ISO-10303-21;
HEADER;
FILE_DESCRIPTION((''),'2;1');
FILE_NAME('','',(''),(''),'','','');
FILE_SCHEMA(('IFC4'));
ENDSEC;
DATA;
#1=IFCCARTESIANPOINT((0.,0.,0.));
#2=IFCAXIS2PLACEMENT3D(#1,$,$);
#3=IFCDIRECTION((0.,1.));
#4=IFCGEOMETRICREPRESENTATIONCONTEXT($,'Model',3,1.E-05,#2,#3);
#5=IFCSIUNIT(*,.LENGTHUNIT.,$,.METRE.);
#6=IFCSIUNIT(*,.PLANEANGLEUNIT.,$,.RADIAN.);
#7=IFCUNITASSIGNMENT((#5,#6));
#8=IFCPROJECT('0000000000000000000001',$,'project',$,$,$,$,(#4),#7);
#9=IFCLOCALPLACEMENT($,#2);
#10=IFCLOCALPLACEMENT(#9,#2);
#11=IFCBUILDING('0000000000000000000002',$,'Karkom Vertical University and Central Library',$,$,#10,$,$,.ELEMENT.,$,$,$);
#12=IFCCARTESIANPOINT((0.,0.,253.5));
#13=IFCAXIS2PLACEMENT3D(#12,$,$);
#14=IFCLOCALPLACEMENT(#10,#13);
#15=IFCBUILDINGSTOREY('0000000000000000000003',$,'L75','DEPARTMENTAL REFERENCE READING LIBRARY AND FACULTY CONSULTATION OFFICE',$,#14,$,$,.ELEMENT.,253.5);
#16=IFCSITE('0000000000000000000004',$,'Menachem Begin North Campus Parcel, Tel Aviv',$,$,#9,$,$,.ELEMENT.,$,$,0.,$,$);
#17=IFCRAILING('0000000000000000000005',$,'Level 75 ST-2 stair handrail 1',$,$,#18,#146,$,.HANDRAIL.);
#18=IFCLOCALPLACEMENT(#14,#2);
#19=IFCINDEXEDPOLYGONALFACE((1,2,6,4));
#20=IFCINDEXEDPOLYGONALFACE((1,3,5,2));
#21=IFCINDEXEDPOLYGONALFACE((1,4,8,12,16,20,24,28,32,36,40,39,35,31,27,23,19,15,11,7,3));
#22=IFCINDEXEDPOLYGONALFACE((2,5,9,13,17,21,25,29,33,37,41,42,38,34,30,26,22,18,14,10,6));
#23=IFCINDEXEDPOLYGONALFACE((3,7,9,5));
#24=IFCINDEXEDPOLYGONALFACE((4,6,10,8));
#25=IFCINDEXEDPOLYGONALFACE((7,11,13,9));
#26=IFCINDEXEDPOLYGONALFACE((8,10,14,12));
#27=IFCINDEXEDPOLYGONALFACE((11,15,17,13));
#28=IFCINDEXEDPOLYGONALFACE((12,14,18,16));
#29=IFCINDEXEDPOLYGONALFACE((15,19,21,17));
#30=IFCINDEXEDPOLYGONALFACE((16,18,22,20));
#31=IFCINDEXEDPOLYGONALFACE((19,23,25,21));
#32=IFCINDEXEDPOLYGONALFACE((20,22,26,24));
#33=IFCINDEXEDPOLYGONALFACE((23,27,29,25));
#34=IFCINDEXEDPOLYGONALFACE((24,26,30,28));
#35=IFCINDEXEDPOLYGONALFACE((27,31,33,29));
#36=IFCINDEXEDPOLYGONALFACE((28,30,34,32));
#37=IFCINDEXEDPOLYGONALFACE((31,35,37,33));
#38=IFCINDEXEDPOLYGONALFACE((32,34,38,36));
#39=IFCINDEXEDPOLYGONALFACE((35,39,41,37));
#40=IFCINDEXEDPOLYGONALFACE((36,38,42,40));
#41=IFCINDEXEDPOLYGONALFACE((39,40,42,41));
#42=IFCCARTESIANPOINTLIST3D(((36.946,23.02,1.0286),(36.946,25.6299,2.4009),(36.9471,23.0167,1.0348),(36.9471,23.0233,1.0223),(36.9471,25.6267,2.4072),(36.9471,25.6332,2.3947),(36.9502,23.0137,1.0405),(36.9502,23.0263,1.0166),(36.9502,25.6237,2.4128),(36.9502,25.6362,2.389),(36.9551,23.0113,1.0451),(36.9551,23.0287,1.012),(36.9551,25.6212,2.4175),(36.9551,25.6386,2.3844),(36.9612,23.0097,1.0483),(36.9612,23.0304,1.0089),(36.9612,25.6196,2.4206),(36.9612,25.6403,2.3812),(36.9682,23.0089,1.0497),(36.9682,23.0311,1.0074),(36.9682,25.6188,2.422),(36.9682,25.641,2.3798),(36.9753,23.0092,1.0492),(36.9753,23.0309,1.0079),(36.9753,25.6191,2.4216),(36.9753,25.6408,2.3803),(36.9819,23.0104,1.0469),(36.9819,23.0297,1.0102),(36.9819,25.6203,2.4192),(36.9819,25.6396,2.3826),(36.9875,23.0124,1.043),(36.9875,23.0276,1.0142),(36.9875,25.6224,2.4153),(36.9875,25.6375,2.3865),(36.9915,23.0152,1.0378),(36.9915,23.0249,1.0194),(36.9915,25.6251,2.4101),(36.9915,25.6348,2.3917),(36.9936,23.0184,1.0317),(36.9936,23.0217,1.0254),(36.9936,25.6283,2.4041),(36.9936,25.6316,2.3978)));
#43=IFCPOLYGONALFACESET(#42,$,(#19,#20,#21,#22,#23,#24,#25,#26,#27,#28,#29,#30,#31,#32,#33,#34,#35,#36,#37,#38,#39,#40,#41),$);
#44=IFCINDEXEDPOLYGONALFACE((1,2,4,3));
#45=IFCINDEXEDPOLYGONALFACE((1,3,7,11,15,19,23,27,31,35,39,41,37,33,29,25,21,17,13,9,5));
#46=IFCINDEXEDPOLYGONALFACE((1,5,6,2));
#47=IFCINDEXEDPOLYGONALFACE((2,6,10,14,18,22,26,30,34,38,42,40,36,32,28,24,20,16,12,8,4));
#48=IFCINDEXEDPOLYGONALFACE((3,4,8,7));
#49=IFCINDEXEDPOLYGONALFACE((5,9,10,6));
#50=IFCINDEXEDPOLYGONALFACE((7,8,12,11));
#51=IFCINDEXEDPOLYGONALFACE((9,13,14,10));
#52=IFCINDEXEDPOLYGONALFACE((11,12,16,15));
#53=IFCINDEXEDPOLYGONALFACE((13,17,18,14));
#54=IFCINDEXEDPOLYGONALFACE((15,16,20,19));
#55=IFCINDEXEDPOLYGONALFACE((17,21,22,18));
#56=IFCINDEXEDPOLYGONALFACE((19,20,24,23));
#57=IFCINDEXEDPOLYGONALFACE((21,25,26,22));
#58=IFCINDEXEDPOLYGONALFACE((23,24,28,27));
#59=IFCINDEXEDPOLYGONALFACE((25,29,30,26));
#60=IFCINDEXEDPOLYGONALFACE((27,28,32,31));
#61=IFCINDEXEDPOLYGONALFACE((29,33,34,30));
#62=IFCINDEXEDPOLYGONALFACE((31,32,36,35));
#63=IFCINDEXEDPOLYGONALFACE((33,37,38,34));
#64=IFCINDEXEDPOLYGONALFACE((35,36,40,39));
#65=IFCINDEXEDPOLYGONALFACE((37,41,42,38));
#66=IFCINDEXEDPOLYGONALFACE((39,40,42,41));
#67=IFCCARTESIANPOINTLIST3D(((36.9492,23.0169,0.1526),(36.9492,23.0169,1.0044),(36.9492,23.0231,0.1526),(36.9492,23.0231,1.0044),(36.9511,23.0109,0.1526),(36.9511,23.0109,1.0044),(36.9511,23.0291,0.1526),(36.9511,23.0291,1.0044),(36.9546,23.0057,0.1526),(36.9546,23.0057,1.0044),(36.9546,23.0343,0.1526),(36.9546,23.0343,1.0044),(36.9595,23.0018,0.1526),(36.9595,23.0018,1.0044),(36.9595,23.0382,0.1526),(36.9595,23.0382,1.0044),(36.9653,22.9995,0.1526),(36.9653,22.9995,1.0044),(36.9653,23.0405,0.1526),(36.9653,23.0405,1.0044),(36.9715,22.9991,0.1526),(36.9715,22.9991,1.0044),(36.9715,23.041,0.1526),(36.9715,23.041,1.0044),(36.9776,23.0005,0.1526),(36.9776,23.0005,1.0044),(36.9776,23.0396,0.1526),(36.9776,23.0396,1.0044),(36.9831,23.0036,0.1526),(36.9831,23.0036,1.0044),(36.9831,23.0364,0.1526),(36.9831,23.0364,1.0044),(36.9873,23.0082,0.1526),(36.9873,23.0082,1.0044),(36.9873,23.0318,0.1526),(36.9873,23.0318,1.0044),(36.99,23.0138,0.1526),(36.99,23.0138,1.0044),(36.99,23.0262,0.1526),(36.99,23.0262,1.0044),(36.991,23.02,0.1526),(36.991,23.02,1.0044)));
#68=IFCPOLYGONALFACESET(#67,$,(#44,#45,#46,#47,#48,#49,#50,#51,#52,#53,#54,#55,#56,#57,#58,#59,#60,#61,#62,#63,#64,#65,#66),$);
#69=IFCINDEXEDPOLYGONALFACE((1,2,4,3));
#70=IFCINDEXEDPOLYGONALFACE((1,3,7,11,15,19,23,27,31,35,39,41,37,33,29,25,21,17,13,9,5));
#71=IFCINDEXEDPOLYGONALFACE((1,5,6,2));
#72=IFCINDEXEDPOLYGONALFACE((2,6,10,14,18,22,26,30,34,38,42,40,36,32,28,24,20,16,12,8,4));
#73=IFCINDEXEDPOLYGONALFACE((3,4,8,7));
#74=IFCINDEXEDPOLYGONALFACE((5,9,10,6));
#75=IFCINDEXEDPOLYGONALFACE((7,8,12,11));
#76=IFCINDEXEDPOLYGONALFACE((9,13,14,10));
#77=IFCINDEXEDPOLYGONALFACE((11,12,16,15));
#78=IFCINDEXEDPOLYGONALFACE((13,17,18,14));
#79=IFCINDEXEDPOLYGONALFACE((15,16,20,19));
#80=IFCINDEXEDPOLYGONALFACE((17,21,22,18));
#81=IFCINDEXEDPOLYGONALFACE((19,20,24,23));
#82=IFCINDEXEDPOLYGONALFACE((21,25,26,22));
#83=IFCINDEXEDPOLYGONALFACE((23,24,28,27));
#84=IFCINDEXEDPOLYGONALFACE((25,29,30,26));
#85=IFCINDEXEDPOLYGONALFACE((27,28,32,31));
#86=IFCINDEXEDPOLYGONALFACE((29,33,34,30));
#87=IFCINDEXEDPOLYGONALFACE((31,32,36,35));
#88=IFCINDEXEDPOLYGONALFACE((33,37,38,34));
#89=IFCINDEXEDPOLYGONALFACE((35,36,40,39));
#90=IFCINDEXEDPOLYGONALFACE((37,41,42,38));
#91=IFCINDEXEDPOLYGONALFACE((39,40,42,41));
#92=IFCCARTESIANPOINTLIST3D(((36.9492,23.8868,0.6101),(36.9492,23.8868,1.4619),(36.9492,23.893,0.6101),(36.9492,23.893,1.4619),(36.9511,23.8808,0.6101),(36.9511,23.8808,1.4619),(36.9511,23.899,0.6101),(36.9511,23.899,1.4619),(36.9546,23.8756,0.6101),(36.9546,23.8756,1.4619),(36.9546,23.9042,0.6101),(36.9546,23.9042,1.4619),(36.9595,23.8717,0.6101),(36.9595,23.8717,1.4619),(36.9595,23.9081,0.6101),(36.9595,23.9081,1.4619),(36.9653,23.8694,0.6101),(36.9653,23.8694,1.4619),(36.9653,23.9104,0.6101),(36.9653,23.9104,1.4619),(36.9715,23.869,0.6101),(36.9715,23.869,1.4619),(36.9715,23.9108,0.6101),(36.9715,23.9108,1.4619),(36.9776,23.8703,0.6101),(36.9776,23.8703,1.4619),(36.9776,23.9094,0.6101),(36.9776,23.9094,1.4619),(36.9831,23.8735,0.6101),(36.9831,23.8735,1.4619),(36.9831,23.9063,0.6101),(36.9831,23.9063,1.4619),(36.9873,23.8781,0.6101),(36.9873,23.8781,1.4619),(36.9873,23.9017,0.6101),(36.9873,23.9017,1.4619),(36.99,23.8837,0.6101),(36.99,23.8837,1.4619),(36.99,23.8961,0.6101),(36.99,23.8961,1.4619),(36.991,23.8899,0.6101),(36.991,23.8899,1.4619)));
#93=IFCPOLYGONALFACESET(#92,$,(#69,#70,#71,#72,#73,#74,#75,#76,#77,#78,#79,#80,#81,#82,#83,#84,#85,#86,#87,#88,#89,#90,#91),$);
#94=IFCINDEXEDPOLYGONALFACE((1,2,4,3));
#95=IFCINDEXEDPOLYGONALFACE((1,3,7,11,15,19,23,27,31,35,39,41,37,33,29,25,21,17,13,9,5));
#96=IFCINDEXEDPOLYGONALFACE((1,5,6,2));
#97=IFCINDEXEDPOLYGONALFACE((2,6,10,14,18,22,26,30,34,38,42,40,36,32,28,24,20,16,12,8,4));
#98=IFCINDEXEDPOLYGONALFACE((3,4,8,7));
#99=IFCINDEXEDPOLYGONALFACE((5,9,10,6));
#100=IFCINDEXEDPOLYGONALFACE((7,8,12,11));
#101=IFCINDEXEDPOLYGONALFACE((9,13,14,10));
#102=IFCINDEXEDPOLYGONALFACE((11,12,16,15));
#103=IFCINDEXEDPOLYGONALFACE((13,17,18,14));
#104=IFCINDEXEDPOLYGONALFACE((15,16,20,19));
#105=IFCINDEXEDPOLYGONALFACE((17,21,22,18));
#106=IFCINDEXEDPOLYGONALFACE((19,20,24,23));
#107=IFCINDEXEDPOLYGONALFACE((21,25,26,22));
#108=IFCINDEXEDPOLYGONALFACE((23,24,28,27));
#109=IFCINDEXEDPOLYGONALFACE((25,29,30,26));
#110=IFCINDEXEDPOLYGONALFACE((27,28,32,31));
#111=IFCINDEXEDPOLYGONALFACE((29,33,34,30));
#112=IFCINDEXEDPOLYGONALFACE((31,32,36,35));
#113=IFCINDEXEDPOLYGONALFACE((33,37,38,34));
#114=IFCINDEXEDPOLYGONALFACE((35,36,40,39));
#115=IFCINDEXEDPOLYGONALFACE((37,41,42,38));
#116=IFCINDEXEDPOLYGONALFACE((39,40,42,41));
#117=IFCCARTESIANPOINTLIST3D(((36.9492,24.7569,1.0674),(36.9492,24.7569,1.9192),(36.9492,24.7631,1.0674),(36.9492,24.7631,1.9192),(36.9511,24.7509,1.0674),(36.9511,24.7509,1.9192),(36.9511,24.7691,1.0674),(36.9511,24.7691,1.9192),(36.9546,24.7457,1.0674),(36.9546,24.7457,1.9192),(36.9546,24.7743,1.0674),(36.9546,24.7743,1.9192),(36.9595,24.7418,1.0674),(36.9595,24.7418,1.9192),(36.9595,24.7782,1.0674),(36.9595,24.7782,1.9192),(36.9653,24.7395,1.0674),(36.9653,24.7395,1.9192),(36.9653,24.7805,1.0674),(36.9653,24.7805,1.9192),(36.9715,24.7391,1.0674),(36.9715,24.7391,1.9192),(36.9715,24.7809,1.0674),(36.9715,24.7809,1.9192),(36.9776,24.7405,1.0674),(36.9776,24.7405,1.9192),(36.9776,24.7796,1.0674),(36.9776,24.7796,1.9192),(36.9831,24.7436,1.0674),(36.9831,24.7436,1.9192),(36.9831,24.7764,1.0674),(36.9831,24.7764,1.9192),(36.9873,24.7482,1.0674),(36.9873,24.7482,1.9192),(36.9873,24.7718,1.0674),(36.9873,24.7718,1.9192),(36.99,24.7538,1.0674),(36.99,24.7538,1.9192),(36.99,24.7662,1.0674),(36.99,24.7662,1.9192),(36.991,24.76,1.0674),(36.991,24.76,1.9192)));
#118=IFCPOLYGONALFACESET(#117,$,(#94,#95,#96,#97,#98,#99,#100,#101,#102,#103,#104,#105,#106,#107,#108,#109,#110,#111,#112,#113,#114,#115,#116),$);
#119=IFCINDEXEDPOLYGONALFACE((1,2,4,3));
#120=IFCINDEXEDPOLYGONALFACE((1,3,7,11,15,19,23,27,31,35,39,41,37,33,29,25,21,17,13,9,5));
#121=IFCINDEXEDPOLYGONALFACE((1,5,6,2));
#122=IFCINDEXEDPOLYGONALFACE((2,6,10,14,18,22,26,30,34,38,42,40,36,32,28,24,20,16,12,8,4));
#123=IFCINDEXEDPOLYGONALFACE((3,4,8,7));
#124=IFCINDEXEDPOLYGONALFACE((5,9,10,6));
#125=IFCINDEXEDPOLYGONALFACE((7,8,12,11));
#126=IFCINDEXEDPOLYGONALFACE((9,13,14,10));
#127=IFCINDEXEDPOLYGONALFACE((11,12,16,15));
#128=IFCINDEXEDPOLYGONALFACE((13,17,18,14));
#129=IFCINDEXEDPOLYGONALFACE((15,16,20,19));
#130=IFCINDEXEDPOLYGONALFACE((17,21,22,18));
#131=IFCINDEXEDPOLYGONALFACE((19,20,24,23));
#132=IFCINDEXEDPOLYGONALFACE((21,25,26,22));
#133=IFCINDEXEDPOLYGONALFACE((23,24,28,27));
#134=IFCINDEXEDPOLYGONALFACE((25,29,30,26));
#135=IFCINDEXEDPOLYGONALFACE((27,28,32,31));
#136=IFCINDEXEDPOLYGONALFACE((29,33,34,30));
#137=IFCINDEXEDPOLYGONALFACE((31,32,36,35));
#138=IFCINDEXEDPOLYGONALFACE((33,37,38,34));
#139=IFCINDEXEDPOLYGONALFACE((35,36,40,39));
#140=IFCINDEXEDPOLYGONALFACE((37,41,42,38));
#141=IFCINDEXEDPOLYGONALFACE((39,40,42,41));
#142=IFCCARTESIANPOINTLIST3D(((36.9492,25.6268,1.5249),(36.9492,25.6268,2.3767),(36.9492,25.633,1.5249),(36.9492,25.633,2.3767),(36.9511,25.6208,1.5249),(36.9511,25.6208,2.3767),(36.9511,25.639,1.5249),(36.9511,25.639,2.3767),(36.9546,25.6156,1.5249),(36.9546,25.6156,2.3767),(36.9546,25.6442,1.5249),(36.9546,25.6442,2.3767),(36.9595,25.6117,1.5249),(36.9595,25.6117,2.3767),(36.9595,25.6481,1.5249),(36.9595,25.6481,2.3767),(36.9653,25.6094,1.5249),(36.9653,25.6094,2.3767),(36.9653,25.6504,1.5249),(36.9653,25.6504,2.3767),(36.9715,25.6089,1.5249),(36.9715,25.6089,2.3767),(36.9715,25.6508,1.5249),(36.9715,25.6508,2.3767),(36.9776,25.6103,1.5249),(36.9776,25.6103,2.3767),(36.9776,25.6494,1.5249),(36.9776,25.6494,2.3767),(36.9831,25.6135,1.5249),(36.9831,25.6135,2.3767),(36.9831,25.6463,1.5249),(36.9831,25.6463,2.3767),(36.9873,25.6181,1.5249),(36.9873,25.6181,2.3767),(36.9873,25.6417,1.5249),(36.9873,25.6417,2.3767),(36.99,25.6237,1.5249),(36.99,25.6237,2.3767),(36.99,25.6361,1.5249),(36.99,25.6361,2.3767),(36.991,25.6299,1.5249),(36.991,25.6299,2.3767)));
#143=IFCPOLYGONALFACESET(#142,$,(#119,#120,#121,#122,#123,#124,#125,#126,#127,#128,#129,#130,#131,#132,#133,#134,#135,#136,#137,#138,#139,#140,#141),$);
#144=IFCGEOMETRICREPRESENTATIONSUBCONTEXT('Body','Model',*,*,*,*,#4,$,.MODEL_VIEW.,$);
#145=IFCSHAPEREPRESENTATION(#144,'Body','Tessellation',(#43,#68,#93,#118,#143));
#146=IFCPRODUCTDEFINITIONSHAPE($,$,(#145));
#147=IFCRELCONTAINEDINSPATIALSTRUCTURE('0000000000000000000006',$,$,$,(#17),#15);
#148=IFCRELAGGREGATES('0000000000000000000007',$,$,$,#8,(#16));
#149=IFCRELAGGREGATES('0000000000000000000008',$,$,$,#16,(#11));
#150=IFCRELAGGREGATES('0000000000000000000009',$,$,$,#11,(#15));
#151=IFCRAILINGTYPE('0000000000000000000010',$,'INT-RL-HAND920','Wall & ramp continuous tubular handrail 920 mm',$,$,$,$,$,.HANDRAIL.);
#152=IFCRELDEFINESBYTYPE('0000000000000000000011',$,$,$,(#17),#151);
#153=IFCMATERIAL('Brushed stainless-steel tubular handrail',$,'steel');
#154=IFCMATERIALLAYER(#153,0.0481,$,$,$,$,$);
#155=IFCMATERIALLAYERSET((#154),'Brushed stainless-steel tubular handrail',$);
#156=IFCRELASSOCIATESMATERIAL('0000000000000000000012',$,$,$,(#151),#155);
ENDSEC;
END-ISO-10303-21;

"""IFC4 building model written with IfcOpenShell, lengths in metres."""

from ifc_helpers import new_model, si_unit, direction, frame, origin, origin_2d, place, context, subcontext, project, spatial, circle, extrude, material, layer, layer_set, type_object, element, save


model = new_model("IFC4")

# Units and contexts
model_context = context("Model", 3, precision=1e-05, world=origin(), true_north=direction((0.0, 1.0)))
body_context = subcontext(model_context, "Body", "Model", "MODEL_VIEW")
ifc_project = project(units=[si_unit("LENGTHUNIT", "METRE"), si_unit("PLANEANGLEUNIT", "RADIAN")], contexts=[model_context])

# Site, building, storey
site_placement = place(None, origin())
site = spatial("IfcSite", under=ifc_project, at=site_placement, Name="Menachem Begin North Campus Parcel, Tel Aviv", CompositionType="ELEMENT", RefElevation=0.0)
building_placement = place(site_placement, origin())
building = spatial("IfcBuilding", under=site, at=building_placement, Name="Karkom Vertical University and Central Library", CompositionType="ELEMENT")
storey_placement = place(building_placement, frame((0.0, 0.0, 253.5)))
storey = spatial("IfcBuildingStorey", under=building, at=storey_placement, Name="L75", Description="DEPARTMENTAL REFERENCE READING LIBRARY AND FACULTY CONSULTATION OFFICE", CompositionType="ELEMENT", Elevation=253.5)

# Railing
ifc_material_1 = material(Name="Brushed stainless-steel tubular handrail", Category="steel")
ifc_layer_1 = layer(ifc_material_1, 0.0481)
ifc_layer_set_1 = layer_set([ifc_layer_1], Name="Brushed stainless-steel tubular handrail")
railing_type = type_object("IfcRailingType", Name="INT-RL-HAND920", Description="Wall & ramp continuous tubular handrail 920 mm", PredefinedType="HANDRAIL", material=ifc_layer_set_1)
railing_placement = place(storey_placement, frame((36.97, 23.02, 0.1526)))
element("IfcRailing", 1, at=railing_placement, inside=storey, type_object=railing_type, Name="Level 75 ST-2 stair handrail 1", PredefinedType="HANDRAIL", context=body_context, shape_type="SweptSolid", body=[
    extrude(circle(Radius=0.0239, at=origin_2d()), frame((0.0, 0.0, 0.876), z_axis=(0.0, 0.8851, 0.465402), x_axis=(-1.0, 0.0, 0.0)), (0.0, 0.0, 1.0), 2.9487),
    extrude(circle(Radius=0.021, at=origin_2d()), origin(), (0.0, 0.0, 1.0), 0.8518),
    extrude(circle(Radius=0.021, at=origin_2d()), frame((0.0, 0.8699, 0.4575)), (0.0, 0.0, 1.0), 0.8518),
    extrude(circle(Radius=0.021, at=origin_2d()), frame((0.0, 1.74, 0.9148)), (0.0, 0.0, 1.0), 0.8518),
    extrude(circle(Radius=0.021, at=origin_2d()), frame((0.0, 2.6099, 1.3723)), (0.0, 0.0, 1.0), 0.8518),
])

save(model, "model.ifc")
